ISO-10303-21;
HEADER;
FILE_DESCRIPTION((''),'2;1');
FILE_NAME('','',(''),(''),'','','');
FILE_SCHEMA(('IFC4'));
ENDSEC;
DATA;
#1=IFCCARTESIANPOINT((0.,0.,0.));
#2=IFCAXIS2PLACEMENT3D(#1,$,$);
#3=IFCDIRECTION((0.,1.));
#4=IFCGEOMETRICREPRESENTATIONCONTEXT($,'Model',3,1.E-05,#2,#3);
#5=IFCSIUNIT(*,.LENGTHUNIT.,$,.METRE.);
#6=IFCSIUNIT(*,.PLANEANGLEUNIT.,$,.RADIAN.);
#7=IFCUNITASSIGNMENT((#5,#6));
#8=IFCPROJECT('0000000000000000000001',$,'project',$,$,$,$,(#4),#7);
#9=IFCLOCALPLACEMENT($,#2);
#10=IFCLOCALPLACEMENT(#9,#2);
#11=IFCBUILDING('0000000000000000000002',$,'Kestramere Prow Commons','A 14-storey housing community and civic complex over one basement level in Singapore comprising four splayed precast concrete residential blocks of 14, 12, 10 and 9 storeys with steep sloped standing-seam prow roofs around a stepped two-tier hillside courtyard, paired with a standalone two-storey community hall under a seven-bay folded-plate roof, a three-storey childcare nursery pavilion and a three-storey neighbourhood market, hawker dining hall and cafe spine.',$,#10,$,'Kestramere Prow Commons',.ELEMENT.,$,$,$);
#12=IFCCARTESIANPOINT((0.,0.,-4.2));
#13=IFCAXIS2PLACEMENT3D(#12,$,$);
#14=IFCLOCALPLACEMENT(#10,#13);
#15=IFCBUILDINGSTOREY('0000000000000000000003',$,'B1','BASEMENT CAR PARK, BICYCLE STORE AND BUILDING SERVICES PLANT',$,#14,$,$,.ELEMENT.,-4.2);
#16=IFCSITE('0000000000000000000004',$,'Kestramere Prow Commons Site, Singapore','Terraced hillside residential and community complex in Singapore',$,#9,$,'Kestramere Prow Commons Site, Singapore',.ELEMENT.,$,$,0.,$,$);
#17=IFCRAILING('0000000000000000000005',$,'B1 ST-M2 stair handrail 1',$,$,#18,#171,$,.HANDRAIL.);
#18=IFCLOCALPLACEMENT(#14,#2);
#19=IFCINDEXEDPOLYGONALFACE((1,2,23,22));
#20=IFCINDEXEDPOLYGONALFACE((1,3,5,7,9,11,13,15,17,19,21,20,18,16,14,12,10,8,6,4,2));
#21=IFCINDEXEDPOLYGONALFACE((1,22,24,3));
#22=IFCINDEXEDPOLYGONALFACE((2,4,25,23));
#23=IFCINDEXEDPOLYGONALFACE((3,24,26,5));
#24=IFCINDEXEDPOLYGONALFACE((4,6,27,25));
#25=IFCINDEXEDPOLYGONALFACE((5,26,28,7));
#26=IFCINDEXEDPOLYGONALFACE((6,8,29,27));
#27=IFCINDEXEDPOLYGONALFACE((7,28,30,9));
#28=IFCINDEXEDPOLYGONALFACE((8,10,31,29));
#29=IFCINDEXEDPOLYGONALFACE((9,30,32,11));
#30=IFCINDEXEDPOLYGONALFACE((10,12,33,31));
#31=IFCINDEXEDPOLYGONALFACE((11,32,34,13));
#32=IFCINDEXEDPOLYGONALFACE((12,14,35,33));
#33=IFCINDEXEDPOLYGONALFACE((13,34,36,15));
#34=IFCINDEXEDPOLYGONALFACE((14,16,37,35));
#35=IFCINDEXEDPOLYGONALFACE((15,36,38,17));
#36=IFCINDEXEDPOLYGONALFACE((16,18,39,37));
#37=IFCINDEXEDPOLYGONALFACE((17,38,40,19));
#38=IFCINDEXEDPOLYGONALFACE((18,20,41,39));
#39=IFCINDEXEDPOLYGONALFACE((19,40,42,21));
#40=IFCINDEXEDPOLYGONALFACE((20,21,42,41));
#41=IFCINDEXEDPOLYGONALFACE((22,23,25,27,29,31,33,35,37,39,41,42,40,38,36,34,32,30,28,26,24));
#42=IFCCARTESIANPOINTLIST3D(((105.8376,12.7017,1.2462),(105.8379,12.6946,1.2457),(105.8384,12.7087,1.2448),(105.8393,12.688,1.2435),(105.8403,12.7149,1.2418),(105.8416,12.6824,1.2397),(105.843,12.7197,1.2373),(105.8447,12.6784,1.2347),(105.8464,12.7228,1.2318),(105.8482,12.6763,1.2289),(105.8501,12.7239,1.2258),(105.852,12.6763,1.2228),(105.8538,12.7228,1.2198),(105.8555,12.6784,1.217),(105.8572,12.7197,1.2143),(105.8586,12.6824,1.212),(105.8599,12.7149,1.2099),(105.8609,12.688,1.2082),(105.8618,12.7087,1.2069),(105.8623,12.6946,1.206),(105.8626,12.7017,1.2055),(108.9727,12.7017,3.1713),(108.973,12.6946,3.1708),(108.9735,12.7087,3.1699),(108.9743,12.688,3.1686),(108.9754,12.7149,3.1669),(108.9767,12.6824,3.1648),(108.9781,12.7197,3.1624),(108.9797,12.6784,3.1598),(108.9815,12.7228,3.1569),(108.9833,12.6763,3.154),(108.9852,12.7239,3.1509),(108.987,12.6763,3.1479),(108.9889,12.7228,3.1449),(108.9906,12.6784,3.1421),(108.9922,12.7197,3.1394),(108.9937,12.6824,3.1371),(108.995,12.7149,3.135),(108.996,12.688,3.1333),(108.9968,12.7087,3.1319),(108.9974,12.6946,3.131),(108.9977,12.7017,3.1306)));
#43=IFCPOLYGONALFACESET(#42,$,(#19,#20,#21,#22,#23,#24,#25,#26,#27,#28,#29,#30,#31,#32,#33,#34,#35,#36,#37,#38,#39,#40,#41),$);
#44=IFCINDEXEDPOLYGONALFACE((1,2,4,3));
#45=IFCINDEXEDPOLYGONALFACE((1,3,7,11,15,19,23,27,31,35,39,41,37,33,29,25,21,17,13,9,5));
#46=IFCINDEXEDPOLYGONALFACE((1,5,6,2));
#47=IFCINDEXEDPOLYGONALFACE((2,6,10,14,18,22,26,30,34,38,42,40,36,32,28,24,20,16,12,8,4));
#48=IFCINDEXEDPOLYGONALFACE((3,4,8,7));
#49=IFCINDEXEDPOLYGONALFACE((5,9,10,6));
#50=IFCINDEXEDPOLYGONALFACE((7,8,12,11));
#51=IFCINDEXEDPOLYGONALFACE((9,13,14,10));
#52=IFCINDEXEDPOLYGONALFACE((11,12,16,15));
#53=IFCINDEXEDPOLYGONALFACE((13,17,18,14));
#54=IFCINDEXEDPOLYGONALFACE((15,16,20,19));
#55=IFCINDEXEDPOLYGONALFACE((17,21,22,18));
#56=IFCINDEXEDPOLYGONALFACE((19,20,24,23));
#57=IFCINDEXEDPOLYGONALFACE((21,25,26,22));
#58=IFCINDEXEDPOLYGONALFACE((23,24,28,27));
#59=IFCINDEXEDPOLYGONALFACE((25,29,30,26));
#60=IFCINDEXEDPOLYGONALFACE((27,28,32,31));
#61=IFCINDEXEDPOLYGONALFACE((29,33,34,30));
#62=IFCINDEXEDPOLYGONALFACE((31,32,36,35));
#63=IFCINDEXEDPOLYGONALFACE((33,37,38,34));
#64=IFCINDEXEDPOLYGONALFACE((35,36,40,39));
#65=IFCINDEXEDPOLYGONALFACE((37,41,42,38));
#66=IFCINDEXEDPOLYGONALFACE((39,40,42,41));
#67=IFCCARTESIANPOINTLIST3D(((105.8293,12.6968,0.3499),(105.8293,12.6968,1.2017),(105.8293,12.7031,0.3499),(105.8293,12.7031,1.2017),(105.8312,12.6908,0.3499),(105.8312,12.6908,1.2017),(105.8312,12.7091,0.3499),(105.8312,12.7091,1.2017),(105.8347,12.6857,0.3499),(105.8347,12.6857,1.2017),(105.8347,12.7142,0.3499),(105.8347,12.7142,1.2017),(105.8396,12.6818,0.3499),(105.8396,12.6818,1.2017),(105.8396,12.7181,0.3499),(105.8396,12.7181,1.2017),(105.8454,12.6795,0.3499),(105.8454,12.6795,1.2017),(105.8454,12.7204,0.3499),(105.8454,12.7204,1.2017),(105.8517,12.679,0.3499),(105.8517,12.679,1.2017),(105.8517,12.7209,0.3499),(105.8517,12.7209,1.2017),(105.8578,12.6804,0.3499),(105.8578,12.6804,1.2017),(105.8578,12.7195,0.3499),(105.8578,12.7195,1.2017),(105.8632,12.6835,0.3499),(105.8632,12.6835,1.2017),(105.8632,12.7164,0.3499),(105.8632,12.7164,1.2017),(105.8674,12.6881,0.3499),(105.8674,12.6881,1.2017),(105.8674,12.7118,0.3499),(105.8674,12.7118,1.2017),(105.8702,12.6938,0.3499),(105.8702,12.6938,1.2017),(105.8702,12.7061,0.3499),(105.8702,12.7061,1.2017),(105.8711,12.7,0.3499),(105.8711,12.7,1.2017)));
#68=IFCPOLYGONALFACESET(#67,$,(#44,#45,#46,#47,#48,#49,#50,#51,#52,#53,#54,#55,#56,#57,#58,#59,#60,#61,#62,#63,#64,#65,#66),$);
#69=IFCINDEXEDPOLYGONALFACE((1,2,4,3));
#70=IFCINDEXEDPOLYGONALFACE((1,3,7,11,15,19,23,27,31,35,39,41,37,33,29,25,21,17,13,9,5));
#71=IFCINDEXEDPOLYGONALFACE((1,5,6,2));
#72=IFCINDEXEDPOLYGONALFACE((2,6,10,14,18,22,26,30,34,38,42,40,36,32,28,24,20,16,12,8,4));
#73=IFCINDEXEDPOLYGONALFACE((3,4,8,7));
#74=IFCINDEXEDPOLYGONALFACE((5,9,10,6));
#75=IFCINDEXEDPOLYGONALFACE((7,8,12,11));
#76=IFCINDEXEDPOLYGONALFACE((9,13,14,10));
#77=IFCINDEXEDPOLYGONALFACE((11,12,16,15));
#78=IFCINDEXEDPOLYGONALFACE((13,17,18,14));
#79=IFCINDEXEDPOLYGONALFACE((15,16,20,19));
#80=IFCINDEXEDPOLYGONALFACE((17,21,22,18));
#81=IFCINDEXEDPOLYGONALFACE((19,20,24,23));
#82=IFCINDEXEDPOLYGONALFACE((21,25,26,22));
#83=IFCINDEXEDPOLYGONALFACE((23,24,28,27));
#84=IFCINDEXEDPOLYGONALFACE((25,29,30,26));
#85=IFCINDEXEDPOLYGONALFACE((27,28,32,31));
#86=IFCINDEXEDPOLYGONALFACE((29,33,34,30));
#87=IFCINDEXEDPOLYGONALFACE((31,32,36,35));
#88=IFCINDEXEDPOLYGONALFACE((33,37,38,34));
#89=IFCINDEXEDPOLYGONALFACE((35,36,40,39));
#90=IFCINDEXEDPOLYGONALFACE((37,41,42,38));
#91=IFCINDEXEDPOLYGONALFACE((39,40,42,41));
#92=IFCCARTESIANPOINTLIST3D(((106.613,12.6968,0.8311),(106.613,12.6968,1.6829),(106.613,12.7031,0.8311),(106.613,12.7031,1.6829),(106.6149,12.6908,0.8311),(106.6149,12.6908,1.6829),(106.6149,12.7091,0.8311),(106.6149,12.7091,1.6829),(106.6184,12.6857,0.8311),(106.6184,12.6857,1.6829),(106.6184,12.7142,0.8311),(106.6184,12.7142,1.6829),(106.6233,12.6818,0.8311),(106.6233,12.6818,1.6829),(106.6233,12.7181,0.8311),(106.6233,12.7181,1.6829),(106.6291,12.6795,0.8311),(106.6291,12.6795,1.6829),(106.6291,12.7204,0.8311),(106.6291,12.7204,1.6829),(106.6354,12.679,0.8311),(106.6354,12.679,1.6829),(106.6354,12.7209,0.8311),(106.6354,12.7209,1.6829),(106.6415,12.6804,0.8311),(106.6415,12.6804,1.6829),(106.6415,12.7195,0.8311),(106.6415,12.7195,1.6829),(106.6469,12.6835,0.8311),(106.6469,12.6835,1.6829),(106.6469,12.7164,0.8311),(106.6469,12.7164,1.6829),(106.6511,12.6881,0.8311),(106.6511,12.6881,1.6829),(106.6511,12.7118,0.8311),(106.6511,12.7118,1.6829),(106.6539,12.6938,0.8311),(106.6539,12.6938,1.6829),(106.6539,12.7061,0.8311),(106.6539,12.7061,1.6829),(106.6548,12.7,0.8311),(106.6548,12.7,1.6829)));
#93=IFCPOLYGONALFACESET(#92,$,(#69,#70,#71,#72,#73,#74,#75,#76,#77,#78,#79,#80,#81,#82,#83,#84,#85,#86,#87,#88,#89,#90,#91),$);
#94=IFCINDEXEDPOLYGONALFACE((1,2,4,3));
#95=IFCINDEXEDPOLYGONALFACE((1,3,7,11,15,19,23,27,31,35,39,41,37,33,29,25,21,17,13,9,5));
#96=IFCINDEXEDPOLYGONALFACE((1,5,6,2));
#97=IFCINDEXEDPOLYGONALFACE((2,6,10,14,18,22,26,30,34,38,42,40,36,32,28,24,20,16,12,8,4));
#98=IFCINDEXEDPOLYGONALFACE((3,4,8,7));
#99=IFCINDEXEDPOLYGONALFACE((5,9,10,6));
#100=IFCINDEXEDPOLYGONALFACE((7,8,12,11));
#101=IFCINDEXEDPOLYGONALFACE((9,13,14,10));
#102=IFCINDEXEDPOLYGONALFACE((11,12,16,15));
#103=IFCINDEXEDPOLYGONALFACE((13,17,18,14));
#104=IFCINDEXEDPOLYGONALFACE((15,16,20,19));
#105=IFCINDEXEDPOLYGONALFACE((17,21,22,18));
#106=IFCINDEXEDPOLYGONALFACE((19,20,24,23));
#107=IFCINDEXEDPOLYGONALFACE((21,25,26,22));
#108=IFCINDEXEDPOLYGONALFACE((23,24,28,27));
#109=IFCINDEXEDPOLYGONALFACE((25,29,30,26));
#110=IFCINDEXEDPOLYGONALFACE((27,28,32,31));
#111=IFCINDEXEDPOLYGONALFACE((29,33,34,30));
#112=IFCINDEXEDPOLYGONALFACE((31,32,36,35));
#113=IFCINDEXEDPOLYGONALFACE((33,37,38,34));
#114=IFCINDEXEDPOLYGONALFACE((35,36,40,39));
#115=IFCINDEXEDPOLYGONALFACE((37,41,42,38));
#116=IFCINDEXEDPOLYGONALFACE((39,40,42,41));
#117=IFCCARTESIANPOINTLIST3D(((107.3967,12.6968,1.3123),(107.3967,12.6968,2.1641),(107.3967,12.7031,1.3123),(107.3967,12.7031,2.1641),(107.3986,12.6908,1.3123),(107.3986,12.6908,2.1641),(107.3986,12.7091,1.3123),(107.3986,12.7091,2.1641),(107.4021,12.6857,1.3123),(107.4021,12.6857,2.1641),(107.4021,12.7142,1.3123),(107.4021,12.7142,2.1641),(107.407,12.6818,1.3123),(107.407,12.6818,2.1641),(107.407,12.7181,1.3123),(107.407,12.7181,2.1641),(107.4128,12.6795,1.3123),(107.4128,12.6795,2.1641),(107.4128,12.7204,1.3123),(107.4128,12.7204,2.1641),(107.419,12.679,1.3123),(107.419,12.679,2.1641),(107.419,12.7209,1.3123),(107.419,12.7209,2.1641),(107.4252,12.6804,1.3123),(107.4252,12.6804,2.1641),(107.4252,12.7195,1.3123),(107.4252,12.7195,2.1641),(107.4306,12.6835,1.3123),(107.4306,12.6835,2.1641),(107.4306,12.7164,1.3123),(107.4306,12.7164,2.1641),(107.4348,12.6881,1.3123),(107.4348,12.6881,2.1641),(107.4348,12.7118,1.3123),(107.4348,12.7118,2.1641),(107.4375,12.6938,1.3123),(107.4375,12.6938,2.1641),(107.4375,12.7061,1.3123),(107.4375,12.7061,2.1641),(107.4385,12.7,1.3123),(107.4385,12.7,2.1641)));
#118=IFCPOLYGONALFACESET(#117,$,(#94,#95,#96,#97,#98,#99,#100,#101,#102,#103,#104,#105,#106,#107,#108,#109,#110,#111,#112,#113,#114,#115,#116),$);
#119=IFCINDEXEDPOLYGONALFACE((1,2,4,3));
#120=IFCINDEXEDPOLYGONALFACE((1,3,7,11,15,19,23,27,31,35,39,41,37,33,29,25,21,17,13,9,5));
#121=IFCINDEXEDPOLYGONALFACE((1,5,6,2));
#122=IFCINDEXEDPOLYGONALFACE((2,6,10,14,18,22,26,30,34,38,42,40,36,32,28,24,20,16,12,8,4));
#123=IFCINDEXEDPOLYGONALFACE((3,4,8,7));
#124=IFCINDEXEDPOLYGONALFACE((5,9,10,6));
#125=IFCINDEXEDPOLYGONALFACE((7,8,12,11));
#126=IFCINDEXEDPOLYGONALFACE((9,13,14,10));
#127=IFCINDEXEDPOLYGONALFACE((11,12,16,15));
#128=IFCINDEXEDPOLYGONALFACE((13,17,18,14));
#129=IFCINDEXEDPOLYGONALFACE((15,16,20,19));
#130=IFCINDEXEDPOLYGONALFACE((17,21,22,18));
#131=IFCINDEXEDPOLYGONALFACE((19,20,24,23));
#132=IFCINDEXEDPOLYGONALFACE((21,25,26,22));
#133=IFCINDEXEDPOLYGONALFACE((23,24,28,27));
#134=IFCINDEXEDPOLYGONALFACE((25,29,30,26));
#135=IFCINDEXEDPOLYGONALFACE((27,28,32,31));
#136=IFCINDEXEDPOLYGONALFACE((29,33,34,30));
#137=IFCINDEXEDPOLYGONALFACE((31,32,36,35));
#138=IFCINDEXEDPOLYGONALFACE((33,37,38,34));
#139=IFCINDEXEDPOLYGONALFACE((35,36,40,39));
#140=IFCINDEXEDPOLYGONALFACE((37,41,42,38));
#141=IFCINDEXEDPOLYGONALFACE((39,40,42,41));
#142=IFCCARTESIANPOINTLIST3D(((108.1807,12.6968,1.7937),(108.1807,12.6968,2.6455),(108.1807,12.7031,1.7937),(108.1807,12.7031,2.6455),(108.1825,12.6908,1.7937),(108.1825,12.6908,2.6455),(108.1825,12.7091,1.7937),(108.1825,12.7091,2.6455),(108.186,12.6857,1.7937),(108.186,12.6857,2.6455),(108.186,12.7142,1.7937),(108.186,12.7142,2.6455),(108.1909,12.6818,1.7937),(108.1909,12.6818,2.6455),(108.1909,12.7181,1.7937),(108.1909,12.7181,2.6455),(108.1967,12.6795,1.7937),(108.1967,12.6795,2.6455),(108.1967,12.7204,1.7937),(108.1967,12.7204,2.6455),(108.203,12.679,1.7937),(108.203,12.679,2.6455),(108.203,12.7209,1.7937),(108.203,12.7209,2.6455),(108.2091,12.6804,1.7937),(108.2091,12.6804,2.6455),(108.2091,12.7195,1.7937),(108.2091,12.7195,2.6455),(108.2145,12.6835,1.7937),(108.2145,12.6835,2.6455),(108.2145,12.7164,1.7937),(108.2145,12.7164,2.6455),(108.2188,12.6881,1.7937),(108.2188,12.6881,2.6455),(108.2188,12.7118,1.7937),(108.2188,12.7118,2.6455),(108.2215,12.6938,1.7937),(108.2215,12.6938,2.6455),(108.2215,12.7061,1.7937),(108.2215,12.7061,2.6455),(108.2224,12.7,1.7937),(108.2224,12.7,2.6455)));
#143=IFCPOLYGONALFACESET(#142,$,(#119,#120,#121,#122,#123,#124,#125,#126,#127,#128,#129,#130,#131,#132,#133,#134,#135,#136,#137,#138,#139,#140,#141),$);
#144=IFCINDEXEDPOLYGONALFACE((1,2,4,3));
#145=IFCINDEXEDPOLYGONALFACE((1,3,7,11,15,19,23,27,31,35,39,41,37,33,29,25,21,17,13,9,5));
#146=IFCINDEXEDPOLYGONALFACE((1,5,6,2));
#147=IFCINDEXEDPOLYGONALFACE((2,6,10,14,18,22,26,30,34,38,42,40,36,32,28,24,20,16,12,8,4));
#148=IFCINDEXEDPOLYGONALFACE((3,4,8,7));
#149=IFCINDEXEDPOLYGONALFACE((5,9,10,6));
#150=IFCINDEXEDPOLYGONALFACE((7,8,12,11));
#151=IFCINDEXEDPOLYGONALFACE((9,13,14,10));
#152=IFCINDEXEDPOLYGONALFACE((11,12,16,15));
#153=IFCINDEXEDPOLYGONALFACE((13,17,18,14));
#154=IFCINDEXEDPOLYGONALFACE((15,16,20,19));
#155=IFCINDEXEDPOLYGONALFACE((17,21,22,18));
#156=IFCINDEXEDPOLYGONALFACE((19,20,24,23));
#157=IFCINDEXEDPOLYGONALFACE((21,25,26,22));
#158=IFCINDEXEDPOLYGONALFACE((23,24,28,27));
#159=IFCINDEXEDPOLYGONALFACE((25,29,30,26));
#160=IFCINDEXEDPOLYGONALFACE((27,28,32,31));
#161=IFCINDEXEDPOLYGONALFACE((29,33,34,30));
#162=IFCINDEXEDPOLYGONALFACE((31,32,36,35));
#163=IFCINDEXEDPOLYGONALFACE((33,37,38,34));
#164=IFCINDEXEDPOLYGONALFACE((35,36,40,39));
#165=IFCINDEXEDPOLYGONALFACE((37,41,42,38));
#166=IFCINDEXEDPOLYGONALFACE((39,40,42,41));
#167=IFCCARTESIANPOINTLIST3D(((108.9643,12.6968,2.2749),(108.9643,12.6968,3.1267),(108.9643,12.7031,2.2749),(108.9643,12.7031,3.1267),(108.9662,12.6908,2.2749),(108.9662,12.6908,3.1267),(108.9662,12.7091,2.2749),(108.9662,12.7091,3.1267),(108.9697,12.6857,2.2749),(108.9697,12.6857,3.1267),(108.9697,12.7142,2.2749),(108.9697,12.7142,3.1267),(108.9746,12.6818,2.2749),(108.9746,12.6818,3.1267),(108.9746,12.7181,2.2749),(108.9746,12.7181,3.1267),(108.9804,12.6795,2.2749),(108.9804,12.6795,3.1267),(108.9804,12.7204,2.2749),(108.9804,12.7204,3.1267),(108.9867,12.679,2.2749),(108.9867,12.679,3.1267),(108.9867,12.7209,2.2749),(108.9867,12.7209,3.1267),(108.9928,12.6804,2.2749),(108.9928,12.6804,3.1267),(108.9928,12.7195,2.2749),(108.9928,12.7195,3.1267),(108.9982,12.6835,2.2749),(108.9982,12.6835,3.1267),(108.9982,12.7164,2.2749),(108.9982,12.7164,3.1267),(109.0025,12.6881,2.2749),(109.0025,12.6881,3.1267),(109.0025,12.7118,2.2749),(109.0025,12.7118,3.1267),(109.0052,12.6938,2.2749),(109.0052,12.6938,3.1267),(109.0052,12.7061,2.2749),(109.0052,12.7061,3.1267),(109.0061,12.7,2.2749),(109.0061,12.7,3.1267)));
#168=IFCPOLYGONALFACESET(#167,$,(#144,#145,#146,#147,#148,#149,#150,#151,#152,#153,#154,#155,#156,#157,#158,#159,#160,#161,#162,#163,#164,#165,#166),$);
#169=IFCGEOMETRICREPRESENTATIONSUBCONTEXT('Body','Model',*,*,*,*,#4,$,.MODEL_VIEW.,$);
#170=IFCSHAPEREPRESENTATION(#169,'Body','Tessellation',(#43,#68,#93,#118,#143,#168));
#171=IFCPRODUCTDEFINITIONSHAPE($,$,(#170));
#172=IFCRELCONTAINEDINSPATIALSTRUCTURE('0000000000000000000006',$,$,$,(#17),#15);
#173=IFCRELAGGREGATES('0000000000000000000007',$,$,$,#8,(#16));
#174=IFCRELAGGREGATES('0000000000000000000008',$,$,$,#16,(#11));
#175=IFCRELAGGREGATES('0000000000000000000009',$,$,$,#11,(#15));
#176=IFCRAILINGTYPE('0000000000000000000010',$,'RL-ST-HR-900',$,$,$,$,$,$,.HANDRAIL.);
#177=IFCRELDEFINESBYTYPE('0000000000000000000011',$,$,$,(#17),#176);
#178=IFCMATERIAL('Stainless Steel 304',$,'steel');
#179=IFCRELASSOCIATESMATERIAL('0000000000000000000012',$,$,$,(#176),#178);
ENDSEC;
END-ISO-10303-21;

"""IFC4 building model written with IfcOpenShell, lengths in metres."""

from ifc_helpers import new_model, si_unit, direction, frame, origin, origin_2d, place, context, subcontext, project, spatial, circle, extrude, material, type_object, element, save


model = new_model("IFC4")

# Units and contexts
model_context = context("Model", 3, precision=1e-05, world=origin(), true_north=direction((0.0, 1.0)))
body_context = subcontext(model_context, "Body", "Model", "MODEL_VIEW")
ifc_project = project(units=[si_unit("LENGTHUNIT", "METRE"), si_unit("PLANEANGLEUNIT", "RADIAN")], contexts=[model_context])

# Site, building, storey
site_placement = place(None, origin())
site = spatial("IfcSite", under=ifc_project, at=site_placement, Name="Kestramere Prow Commons Site, Singapore", Description="Terraced hillside residential and community complex in Singapore", LongName="Kestramere Prow Commons Site, Singapore", CompositionType="ELEMENT", RefElevation=0.0)
building_placement = place(site_placement, origin())
building = spatial("IfcBuilding", under=site, at=building_placement, Name="Kestramere Prow Commons", Description="A 14-storey housing community and civic complex over one basement level in Singapore comprising four splayed precast concrete residential blocks of 14, 12, 10 and 9 storeys with steep sloped standing-seam prow roofs around a stepped two-tier hillside courtyard, paired with a standalone two-storey community hall under a seven-bay folded-plate roof, a three-storey childcare nursery pavilion and a three-storey neighbourhood market, hawker dining hall and cafe spine.", LongName="Kestramere Prow Commons", CompositionType="ELEMENT")
storey_placement = place(building_placement, frame((0.0, 0.0, -4.2)))
storey = spatial("IfcBuildingStorey", under=building, at=storey_placement, Name="B1", Description="BASEMENT CAR PARK, BICYCLE STORE AND BUILDING SERVICES PLANT", CompositionType="ELEMENT", Elevation=-4.2)

# Railing
ifc_material_1 = material(Name="Stainless Steel 304", Category="steel")
railing_type_1 = type_object("IfcRailingType", Name="RL-ST-HR-900", PredefinedType="HANDRAIL", material=ifc_material_1)
railing_1_placement = place(storey_placement, frame((105.8501, 12.7, 0.3499)))
element("IfcRailing", 1, at=railing_1_placement, inside=storey, type_object=railing_type_1, Name="B1 ST-M2 stair handrail 1", PredefinedType="HANDRAIL", context=body_context, shape_type="SweptSolid", body=[
    extrude(circle(Radius=0.0239, at=origin_2d()), frame((0.0, 0.0, 0.876), z_axis=(0.852166, 0.0, 0.523271), x_axis=(0.0, 1.0, 0.0)), (0.0, 0.0, 1.0), 3.679),
    extrude(circle(Radius=0.021, at=origin_2d()), origin(), (0.0, 0.0, 1.0), 0.8518),
    extrude(circle(Radius=0.021, at=origin_2d()), frame((0.7837, 0.0, 0.4812)), (0.0, 0.0, 1.0), 0.8518),
    extrude(circle(Radius=0.021, at=origin_2d()), frame((1.5674, 0.0, 0.9624)), (0.0, 0.0, 1.0), 0.8518),
    extrude(circle(Radius=0.021, at=origin_2d()), frame((2.3513, 0.0, 1.4438)), (0.0, 0.0, 1.0), 0.8518),
    extrude(circle(Radius=0.021, at=origin_2d()), frame((3.135, 0.0, 1.925)), (0.0, 0.0, 1.0), 0.8518),
])

save(model, "model.ifc")
